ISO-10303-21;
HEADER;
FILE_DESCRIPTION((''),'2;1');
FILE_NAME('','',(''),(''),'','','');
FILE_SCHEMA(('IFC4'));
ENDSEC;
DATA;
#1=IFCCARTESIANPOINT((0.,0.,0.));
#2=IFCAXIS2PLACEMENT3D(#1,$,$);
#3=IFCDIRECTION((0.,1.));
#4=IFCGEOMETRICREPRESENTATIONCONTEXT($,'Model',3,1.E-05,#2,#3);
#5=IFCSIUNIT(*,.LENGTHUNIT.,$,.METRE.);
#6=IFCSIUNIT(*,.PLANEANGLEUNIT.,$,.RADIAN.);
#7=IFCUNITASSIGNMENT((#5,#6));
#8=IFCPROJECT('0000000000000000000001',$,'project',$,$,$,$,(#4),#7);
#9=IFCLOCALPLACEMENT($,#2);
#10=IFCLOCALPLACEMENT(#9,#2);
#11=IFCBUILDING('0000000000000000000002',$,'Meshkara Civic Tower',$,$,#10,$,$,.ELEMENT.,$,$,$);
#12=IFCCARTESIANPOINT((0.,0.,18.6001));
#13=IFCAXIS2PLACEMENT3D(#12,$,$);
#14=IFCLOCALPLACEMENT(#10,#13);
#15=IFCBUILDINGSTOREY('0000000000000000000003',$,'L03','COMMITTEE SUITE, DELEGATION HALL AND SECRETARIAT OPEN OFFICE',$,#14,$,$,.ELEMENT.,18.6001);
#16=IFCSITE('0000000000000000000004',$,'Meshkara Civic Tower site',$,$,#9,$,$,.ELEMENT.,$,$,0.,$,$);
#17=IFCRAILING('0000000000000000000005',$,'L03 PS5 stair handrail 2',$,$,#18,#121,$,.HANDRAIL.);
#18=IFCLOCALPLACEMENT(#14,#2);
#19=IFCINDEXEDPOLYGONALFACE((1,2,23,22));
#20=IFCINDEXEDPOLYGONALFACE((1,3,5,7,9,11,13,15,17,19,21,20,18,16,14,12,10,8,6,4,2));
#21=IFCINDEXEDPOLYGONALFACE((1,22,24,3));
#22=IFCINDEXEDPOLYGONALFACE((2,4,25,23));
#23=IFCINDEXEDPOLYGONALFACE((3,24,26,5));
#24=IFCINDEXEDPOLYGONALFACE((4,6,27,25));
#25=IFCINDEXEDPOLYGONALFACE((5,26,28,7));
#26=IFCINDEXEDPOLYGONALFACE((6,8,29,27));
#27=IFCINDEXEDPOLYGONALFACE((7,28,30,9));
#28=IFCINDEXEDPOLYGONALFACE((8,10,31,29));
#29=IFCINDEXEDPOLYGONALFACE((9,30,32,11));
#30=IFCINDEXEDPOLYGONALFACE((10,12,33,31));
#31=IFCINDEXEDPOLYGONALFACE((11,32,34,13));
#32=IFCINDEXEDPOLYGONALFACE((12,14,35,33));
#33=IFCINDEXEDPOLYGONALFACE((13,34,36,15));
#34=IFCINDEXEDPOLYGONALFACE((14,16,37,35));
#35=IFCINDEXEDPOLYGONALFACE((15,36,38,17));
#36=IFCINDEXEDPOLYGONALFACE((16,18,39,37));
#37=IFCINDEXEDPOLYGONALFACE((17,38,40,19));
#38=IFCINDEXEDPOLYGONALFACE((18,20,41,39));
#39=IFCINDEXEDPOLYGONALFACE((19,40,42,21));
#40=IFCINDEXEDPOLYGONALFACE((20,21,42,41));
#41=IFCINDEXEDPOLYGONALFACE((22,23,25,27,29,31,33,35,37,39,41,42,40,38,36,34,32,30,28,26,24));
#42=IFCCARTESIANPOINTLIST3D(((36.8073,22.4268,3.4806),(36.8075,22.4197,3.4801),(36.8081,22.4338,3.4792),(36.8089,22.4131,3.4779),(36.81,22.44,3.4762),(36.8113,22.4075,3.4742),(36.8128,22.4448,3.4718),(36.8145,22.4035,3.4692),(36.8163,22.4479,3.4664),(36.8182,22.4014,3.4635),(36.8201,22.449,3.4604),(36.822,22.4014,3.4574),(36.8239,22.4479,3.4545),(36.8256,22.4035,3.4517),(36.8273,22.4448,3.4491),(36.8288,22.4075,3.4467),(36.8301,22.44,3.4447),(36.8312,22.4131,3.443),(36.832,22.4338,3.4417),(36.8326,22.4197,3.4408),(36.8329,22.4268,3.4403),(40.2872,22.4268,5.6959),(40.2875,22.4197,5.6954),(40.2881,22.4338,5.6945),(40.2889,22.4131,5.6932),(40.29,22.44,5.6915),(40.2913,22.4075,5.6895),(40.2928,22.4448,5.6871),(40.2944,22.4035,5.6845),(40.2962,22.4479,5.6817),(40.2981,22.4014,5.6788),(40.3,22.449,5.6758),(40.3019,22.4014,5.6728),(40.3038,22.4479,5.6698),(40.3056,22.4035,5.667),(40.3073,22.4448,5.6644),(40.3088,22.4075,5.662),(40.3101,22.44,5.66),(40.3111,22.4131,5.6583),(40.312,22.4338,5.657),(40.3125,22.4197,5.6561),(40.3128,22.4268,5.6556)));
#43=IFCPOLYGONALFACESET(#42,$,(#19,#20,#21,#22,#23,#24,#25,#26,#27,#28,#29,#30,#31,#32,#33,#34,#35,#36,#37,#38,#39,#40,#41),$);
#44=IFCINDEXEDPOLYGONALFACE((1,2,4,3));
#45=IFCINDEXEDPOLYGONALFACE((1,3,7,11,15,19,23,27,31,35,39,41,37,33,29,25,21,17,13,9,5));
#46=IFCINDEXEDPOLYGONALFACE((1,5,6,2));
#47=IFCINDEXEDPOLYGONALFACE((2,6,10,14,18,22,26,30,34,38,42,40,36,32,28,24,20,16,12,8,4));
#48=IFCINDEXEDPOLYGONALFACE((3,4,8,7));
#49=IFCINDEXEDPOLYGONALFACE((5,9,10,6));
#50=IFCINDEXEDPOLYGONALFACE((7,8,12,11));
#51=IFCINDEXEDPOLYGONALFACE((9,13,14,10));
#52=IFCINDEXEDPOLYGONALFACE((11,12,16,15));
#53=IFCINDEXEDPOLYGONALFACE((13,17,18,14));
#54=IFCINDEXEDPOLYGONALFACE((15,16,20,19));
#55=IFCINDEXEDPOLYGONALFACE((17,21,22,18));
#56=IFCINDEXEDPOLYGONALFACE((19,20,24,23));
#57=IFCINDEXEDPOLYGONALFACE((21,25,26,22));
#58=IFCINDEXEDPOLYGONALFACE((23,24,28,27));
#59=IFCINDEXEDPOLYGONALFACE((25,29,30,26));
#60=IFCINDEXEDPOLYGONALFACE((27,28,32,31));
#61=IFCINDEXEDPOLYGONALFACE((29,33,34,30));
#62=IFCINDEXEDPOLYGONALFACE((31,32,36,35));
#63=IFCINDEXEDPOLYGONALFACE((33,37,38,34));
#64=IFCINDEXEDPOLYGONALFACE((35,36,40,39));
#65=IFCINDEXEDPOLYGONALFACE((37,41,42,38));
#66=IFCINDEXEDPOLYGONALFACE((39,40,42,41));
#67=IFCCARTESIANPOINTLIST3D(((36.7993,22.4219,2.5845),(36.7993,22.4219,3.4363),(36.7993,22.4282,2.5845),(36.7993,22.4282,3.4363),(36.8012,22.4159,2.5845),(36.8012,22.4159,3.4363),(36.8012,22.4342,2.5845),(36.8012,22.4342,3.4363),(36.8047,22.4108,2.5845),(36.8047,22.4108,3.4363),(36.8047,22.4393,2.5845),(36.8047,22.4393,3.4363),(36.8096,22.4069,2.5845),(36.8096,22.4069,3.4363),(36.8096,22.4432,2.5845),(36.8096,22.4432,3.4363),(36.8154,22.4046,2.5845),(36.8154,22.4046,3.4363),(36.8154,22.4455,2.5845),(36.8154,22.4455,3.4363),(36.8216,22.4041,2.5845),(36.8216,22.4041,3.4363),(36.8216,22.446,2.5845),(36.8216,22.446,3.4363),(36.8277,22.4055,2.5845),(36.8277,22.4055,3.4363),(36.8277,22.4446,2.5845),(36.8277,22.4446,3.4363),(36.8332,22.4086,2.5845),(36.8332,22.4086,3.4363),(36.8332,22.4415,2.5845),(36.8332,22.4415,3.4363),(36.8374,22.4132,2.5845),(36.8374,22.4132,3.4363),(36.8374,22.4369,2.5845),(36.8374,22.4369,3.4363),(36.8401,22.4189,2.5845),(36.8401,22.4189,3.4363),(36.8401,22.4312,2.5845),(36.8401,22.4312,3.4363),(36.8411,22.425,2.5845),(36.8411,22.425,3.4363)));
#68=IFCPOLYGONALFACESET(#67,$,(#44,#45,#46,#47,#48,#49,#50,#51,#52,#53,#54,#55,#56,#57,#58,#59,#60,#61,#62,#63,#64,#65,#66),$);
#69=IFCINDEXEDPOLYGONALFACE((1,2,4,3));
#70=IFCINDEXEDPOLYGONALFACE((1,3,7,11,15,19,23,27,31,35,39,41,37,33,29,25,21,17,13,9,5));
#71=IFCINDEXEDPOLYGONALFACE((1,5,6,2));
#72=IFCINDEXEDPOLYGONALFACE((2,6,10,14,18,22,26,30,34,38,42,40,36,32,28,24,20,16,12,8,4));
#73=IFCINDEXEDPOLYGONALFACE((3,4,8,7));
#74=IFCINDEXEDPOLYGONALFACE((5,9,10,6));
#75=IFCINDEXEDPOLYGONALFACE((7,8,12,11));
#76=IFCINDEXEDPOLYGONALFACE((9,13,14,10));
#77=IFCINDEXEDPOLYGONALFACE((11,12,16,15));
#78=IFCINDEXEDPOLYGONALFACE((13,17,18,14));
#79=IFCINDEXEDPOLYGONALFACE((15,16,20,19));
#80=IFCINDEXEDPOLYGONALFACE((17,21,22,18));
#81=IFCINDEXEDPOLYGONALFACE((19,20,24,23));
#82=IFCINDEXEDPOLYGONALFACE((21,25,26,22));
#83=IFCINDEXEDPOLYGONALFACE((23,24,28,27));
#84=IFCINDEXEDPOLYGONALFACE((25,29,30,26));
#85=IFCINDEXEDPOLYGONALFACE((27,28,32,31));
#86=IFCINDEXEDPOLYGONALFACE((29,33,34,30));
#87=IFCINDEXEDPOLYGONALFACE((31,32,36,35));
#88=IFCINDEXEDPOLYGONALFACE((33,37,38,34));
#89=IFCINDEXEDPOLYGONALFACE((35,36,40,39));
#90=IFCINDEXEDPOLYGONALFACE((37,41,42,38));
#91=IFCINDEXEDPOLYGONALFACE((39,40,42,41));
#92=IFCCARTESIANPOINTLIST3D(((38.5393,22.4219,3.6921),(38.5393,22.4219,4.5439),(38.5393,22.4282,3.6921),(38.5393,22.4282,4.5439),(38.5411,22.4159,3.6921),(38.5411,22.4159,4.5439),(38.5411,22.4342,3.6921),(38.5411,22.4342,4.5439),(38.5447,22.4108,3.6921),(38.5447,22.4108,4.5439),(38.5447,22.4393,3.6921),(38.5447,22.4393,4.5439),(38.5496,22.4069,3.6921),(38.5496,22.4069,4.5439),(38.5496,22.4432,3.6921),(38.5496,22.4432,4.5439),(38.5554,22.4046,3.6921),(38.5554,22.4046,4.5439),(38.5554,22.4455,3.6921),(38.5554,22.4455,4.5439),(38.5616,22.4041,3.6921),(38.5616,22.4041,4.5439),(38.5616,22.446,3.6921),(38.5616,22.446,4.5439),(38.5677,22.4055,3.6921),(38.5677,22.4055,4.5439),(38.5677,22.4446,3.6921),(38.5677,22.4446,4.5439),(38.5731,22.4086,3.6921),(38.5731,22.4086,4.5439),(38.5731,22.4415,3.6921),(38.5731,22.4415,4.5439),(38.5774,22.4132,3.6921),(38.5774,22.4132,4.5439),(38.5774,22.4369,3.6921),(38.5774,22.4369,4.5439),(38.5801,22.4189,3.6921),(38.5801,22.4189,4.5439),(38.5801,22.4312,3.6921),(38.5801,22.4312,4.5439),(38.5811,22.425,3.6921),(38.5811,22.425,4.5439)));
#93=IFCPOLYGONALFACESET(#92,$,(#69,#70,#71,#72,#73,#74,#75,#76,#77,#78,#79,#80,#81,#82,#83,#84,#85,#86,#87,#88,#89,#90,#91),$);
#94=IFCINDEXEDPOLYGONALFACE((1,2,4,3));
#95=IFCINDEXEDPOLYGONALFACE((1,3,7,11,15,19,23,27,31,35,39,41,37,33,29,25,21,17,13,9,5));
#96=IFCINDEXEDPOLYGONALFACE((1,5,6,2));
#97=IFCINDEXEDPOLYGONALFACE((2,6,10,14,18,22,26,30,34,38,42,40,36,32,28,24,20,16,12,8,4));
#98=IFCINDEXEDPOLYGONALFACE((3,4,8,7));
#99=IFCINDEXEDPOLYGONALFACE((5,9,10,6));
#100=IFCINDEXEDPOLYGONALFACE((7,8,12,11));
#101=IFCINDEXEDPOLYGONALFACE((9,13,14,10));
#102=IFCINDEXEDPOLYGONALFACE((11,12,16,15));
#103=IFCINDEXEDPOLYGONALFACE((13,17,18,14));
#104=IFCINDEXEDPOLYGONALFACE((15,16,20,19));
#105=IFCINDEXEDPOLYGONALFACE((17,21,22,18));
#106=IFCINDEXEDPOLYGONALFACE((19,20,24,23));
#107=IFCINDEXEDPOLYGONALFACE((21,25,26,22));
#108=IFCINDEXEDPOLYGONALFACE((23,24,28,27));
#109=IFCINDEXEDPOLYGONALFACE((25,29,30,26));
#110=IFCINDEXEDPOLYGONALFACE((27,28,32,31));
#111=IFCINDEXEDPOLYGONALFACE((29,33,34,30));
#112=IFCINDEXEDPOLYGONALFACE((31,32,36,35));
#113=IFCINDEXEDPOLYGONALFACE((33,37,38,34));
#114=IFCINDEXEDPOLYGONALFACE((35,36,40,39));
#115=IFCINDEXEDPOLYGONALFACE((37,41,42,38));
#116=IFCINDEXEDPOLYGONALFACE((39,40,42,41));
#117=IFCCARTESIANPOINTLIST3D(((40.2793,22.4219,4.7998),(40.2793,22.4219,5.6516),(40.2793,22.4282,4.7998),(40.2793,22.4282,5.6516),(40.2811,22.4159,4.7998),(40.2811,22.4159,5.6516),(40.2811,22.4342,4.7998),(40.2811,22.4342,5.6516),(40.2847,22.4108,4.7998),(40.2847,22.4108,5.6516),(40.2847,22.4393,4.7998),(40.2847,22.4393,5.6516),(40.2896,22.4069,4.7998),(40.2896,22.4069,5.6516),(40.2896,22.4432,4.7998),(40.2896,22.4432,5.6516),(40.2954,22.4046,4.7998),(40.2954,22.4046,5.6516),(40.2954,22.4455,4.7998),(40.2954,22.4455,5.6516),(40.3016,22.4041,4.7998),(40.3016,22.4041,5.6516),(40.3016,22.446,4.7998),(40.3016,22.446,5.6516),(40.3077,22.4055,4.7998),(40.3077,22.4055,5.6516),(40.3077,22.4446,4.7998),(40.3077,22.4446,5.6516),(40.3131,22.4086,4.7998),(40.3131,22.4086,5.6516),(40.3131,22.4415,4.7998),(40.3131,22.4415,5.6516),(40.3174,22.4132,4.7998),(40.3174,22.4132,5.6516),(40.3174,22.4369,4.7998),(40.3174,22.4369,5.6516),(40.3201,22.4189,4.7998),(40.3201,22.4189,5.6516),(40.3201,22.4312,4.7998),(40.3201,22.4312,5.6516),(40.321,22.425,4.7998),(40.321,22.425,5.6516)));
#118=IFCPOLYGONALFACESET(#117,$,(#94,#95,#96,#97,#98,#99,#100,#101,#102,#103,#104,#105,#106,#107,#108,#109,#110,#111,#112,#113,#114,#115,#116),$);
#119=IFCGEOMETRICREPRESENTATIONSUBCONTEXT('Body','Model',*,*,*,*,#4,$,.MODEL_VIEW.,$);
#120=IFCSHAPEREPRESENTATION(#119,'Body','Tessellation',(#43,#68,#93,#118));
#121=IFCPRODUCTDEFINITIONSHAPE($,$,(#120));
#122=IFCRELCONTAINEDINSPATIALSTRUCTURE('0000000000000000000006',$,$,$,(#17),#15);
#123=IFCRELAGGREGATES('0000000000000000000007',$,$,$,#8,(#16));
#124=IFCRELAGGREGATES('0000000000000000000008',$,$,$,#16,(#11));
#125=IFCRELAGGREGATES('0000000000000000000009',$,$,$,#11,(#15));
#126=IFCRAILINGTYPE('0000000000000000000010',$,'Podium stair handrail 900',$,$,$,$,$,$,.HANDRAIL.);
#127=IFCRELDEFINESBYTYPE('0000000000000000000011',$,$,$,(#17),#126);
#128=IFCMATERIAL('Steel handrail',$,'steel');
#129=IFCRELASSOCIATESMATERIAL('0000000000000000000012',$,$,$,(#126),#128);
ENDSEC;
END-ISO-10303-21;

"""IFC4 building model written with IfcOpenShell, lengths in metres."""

from ifc_helpers import new_model, si_unit, direction, frame, origin, origin_2d, place, context, subcontext, project, spatial, circle, extrude, material, type_object, element, save


model = new_model("IFC4")

# Units and contexts
model_context = context("Model", 3, precision=1e-05, world=origin(), true_north=direction((0.0, 1.0)))
body_context = subcontext(model_context, "Body", "Model", "MODEL_VIEW")
ifc_project = project(units=[si_unit("LENGTHUNIT", "METRE"), si_unit("PLANEANGLEUNIT", "RADIAN")], contexts=[model_context])

# Site, building, storey
site_placement = place(None, origin())
site = spatial("IfcSite", under=ifc_project, at=site_placement, Name="Meshkara Civic Tower site", CompositionType="ELEMENT", RefElevation=0.0)
building_placement = place(site_placement, origin())
building = spatial("IfcBuilding", under=site, at=building_placement, Name="Meshkara Civic Tower", CompositionType="ELEMENT")
storey_placement = place(building_placement, frame((0.0, 0.0, 18.6001)))
storey = spatial("IfcBuildingStorey", under=building, at=storey_placement, Name="L03", Description="COMMITTEE SUITE, DELEGATION HALL AND SECRETARIAT OPEN OFFICE", CompositionType="ELEMENT", Elevation=18.6001)

# Railing
ifc_material_1 = material(Name="Steel handrail", Category="steel")
railing_type_1 = type_object("IfcRailingType", Name="Podium stair handrail 900", PredefinedType="HANDRAIL", material=ifc_material_1)
railing_1_placement = place(storey_placement, frame((36.8201, 22.425, 2.5845)))
element("IfcRailing", 1, at=railing_1_placement, inside=storey, type_object=railing_type_1, Name="L03 PS5 stair handrail 2", PredefinedType="HANDRAIL", context=body_context, shape_type="SweptSolid", body=[
    extrude(circle(Radius=0.0239, at=origin_2d()), frame((0.0, 0.0, 0.876), z_axis=(0.843574, 0.0, 0.537013), x_axis=(0.0, 1.0, 0.0)), (0.0, 0.0, 1.0), 4.1252),
    extrude(circle(Radius=0.021, at=origin_2d()), origin(), (0.0, 0.0, 1.0), 0.8518),
    extrude(circle(Radius=0.021, at=origin_2d()), frame((1.74, 0.0, 1.1077)), (0.0, 0.0, 1.0), 0.8518),
    extrude(circle(Radius=0.021, at=origin_2d()), frame((3.48, 0.0, 2.2153)), (0.0, 0.0, 1.0), 0.8518),
])

save(model, "model.ifc")
